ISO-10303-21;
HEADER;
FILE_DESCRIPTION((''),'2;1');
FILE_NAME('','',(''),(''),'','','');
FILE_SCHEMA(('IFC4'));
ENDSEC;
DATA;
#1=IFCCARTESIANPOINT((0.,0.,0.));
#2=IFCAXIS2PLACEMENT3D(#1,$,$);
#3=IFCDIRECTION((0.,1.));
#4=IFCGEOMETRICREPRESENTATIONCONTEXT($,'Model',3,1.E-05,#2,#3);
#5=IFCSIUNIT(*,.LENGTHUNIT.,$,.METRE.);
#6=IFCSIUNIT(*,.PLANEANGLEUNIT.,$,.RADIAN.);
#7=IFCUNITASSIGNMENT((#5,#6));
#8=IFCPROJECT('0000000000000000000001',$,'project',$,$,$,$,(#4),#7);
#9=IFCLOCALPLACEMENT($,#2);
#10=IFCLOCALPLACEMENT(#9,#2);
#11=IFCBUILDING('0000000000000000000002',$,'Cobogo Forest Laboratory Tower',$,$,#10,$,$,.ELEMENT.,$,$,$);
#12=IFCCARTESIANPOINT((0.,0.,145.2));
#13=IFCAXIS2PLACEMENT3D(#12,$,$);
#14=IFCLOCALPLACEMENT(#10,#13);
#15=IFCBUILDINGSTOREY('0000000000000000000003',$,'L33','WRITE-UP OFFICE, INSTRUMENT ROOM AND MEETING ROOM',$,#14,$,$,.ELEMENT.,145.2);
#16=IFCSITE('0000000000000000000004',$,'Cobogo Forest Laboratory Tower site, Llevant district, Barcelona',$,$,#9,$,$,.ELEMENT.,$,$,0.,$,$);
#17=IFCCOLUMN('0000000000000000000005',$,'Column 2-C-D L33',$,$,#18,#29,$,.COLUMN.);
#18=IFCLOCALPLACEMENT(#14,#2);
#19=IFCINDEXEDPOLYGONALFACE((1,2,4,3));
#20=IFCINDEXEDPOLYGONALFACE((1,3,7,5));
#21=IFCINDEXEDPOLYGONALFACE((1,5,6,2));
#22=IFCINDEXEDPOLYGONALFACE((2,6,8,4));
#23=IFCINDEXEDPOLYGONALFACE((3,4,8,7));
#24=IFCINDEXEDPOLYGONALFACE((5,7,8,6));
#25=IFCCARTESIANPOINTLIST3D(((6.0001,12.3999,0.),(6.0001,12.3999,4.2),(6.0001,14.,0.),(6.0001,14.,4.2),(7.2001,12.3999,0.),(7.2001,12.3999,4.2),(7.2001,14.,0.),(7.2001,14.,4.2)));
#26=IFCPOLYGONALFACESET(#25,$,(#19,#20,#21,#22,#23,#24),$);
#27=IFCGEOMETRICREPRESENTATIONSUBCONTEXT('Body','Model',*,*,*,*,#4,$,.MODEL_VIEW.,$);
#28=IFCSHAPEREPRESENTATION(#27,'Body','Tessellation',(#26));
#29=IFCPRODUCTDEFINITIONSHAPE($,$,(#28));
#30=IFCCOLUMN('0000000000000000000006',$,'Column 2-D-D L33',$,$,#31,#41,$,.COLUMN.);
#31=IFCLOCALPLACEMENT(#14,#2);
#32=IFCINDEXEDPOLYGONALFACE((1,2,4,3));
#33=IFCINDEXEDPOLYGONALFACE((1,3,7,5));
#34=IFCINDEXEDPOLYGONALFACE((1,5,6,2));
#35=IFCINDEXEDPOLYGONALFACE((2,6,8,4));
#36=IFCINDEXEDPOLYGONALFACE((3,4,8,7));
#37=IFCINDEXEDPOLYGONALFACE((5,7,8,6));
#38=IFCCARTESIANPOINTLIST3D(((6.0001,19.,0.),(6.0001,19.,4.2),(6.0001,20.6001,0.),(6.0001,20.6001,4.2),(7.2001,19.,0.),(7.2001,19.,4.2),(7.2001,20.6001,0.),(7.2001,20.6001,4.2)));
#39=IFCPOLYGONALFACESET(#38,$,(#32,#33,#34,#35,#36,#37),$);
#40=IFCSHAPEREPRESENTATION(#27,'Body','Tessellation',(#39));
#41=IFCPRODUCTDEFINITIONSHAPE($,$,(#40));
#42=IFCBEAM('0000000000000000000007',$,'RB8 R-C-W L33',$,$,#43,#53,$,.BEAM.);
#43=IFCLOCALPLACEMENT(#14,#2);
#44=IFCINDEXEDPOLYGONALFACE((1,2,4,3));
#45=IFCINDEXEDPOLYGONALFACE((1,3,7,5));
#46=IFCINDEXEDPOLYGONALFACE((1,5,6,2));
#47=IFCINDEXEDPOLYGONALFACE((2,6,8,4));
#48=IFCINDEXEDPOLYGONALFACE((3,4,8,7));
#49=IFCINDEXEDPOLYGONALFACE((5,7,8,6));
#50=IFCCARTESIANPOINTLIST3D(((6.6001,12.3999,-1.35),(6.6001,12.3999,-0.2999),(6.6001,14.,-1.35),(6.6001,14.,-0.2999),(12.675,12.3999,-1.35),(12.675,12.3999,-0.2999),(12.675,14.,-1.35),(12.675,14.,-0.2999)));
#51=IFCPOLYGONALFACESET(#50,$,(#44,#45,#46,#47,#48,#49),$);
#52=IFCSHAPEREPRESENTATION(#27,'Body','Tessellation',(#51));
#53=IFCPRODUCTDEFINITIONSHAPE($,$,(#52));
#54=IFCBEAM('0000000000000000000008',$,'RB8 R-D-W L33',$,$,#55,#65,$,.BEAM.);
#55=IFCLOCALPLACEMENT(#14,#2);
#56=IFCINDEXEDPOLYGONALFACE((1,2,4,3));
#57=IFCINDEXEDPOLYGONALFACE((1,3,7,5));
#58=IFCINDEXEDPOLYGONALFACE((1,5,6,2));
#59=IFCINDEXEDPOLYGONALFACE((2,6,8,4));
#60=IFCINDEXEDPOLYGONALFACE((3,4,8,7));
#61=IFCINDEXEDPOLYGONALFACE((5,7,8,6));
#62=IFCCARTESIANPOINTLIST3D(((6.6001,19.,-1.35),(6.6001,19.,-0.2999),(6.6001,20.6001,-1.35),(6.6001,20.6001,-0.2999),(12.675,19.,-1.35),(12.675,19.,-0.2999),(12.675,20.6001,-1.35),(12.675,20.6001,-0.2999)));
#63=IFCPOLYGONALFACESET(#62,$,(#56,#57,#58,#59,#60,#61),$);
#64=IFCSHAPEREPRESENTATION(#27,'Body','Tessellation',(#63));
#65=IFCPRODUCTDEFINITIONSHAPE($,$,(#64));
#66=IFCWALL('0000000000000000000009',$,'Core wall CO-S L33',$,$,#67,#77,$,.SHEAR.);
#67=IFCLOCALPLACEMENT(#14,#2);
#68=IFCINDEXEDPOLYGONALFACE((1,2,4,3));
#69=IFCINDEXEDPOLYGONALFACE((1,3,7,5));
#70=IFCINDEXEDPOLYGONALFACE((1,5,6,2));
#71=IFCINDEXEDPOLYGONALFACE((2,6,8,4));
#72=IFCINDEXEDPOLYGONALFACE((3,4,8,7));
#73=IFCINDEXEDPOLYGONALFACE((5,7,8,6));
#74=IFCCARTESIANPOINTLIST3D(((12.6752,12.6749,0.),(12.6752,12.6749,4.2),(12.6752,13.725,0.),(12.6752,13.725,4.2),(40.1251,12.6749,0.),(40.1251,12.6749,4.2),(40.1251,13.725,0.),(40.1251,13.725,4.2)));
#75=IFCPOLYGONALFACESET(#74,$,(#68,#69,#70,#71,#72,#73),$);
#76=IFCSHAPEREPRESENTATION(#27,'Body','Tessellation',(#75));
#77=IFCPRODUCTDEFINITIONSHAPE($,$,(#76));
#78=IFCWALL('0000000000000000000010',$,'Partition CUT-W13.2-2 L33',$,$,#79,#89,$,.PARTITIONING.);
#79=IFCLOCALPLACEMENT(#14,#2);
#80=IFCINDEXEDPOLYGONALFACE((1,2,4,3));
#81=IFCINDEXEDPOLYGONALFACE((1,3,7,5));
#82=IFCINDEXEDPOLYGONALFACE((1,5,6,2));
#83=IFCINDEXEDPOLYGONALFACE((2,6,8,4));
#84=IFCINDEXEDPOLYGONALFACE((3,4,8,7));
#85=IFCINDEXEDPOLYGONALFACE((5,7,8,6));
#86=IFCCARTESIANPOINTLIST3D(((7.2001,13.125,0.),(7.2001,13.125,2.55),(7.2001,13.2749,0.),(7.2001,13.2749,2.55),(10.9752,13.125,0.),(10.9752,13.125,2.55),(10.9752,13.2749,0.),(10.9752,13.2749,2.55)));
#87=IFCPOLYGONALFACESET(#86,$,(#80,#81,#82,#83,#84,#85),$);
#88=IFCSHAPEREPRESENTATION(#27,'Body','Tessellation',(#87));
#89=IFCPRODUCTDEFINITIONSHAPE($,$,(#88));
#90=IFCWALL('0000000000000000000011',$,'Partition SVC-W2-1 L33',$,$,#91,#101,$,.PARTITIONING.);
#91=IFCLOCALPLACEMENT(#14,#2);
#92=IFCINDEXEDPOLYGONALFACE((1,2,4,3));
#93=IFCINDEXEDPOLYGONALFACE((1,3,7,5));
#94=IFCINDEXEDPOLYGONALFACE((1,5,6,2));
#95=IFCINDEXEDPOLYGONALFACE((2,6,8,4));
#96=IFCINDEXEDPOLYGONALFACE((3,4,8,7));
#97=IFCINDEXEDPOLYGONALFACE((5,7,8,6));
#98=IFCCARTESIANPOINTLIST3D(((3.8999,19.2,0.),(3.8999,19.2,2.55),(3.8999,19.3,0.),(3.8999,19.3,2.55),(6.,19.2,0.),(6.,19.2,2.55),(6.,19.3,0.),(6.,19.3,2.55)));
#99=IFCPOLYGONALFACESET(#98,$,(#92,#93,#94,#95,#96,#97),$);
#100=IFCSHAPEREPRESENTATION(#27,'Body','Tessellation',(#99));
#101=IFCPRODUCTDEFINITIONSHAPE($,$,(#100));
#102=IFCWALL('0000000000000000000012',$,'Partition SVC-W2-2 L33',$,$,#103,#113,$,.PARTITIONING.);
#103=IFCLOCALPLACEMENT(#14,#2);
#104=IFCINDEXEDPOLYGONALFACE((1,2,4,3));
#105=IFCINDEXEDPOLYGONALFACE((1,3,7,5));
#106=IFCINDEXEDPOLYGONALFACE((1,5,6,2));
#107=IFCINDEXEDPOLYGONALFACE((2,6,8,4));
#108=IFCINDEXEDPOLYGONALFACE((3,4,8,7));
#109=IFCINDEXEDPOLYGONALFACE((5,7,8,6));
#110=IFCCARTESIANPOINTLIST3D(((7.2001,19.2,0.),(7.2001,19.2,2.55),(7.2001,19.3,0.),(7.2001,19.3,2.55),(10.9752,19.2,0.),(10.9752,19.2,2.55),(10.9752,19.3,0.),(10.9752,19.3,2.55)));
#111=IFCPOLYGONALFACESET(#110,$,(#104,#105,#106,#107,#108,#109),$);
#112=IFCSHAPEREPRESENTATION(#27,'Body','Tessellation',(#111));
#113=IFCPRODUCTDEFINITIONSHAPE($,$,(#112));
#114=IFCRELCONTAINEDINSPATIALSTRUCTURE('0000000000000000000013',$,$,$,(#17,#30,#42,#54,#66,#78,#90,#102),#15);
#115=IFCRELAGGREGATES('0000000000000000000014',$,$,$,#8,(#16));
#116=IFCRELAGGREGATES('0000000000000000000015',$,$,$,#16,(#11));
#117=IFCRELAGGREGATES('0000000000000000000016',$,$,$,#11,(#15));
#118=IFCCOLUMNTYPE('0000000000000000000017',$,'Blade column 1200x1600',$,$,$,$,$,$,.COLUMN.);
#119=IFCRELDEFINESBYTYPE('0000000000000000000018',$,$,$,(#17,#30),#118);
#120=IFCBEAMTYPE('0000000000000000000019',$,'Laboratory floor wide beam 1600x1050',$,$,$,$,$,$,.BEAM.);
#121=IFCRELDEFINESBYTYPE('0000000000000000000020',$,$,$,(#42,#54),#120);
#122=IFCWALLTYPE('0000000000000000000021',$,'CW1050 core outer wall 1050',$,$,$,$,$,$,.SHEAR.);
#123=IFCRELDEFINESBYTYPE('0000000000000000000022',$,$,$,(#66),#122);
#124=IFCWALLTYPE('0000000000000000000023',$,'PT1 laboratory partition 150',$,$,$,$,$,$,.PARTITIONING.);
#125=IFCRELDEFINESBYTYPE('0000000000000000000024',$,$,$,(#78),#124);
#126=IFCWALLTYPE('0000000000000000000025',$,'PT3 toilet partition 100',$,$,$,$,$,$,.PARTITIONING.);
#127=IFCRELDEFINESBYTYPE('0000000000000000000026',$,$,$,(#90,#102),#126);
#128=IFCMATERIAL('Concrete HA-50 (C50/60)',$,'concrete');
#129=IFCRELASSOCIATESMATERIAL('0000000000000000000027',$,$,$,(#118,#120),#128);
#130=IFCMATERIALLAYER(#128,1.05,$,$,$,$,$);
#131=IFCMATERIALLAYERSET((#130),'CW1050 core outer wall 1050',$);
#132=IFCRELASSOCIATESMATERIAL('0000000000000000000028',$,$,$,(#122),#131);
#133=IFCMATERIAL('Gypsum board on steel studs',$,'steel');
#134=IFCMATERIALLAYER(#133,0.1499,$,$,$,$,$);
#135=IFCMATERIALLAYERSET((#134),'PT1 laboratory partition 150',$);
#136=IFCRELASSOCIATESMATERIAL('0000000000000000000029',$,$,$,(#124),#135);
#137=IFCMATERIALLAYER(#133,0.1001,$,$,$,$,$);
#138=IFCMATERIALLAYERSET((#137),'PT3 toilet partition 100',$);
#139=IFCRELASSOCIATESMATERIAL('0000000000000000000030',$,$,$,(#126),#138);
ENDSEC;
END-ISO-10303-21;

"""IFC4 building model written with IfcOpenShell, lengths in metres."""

from ifc_helpers import new_model, si_unit, direction, frame, frame_2d, origin, origin_2d, place, context, subcontext, project, spatial, rectangle, extrude, material, layer, layer_set, material_profile, profile_set, type_object, element, save


model = new_model("IFC4")

# Units and contexts
model_context = context("Model", 3, precision=1e-05, world=origin(), true_north=direction((0.0, 1.0)))
body_context = subcontext(model_context, "Body", "Model", "MODEL_VIEW")
ifc_project = project(units=[si_unit("LENGTHUNIT", "METRE"), si_unit("PLANEANGLEUNIT", "RADIAN")], contexts=[model_context])

# Site, building, storey
site_placement = place(None, origin())
site = spatial("IfcSite", under=ifc_project, at=site_placement, Name="Cobogo Forest Laboratory Tower site, Llevant district, Barcelona", CompositionType="ELEMENT", RefElevation=0.0)
building_placement = place(site_placement, origin())
building = spatial("IfcBuilding", under=site, at=building_placement, Name="Cobogo Forest Laboratory Tower", CompositionType="ELEMENT")
storey_placement = place(building_placement, frame((0.0, 0.0, 145.2)))
storey = spatial("IfcBuildingStorey", under=building, at=storey_placement, Name="L33", Description="WRITE-UP OFFICE, INSTRUMENT ROOM AND MEETING ROOM", CompositionType="ELEMENT", Elevation=145.2)

# Columns
ifc_material_1 = material(Name="Concrete HA-50 (C50/60)", Category="concrete")
ifc_material_profile_1 = material_profile(ifc_material_1, rectangle(XDim=1.6001, YDim=1.2, at=origin_2d()), Name="RC 1200x1600")
ifc_profile_set_1 = profile_set([ifc_material_profile_1], Name="Concrete HA-50 (C50/60)")
column_type = type_object("IfcColumnType", Name="Blade column 1200x1600", PredefinedType="COLUMN", material=ifc_profile_set_1)
for number, where, z_axis, x_axis, name in (
    (1, (6.6001, 13.2, 0.0), (0.0, 0.0, 1.0), (0.0, 1.0, 0.0), "Column 2-C-D L33"),
    (2, (6.6001, 19.8, 0.0), (0.0, 0.0, 1.0), (0.0, 1.0, 0.0), "Column 2-D-D L33"),
):
    element("IfcColumn", number, at=place(storey_placement, frame(where, z_axis=z_axis, x_axis=x_axis)), inside=storey, type_object=column_type, Name=name, PredefinedType="COLUMN", context=body_context, shape_type="SweptSolid", body=[
        extrude(rectangle(XDim=1.6001, YDim=1.2, at=origin_2d()), origin(), (0.0, 0.0, 1.0), 4.2),
    ])

# Beams
ifc_material_profile_2 = material_profile(ifc_material_1, rectangle(XDim=1.6001, YDim=1.05, at=origin_2d()), Name="RC 1600x1050")
ifc_profile_set_2 = profile_set([ifc_material_profile_2], Name="Concrete HA-50 (C50/60)")
beam_type = type_object("IfcBeamType", Name="Laboratory floor wide beam 1600x1050", PredefinedType="BEAM", material=ifc_profile_set_2)
for number, where, z_axis, x_axis, name in (
    (3, (12.675, 13.2, -0.825), (-1.0, 0.0, 0.0), (0.0, -1.0, 0.0), "RB8 R-C-W L33"),
    (4, (12.675, 19.8, -0.825), (-1.0, 0.0, 0.0), (0.0, -1.0, 0.0), "RB8 R-D-W L33"),
):
    element("IfcBeam", number, at=place(storey_placement, frame(where, z_axis=z_axis, x_axis=x_axis)), inside=storey, type_object=beam_type, Name=name, PredefinedType="BEAM", context=body_context, shape_type="SweptSolid", body=[
        extrude(rectangle(XDim=1.6001, YDim=1.05, at=origin_2d()), origin(), (0.0, 0.0, 1.0), 6.075),
    ])

# Walls
ifc_layer_1 = layer(ifc_material_1, 1.05)
ifc_layer_set_1 = layer_set([ifc_layer_1], Name="CW1050 core outer wall 1050")
wall_type_1 = type_object("IfcWallType", Name="CW1050 core outer wall 1050", PredefinedType="SHEAR", material=ifc_layer_set_1)
wall_1_placement = place(storey_placement, frame((12.675, 13.2, 0.0), z_axis=(0.0, 0.0, 1.0), x_axis=(1.0, 0.0, 0.0)))
element("IfcWall", 5, at=wall_1_placement, inside=storey, type_object=wall_type_1, Name="Core wall CO-S L33", PredefinedType="SHEAR", context=body_context, shape_type="SweptSolid", body=[
    extrude(rectangle(XDim=27.45, YDim=1.05, at=frame_2d((13.7251, 0.0))), origin(), (0.0, 0.0, 1.0), 4.2),
])
ifc_material_2 = material(Name="Gypsum board on steel studs", Category="steel")
ifc_layer_2 = layer(ifc_material_2, 0.1499)
ifc_layer_set_2 = layer_set([ifc_layer_2], Name="PT1 laboratory partition 150")
wall_type_2 = type_object("IfcWallType", Name="PT1 laboratory partition 150", PredefinedType="PARTITIONING", material=ifc_layer_set_2)
wall_2_placement = place(storey_placement, frame((7.2, 13.2, 0.0), z_axis=(0.0, 0.0, 1.0), x_axis=(1.0, 0.0, 0.0)))
element("IfcWall", 6, at=wall_2_placement, inside=storey, type_object=wall_type_2, Name="Partition CUT-W13.2-2 L33", PredefinedType="PARTITIONING", context=body_context, shape_type="SweptSolid", body=[
    extrude(rectangle(XDim=3.7751, YDim=0.1499, at=frame_2d((1.8877, 0.0))), origin(), (0.0, 0.0, 1.0), 2.55),
])
ifc_layer_3 = layer(ifc_material_2, 0.1001)
ifc_layer_set_3 = layer_set([ifc_layer_3], Name="PT3 toilet partition 100")
wall_type_3 = type_object("IfcWallType", Name="PT3 toilet partition 100", PredefinedType="PARTITIONING", material=ifc_layer_set_3)
wall_3_placement = place(storey_placement, frame((3.8999, 19.25, 0.0), z_axis=(0.0, 0.0, 1.0), x_axis=(1.0, 0.0, 0.0)))
element("IfcWall", 7, at=wall_3_placement, inside=storey, type_object=wall_type_3, Name="Partition SVC-W2-1 L33", PredefinedType="PARTITIONING", context=body_context, shape_type="SweptSolid", body=[
    extrude(rectangle(XDim=2.1001, YDim=0.1001, at=frame_2d((1.05, 0.0))), origin(), (0.0, 0.0, 1.0), 2.55),
])
wall_4_placement = place(storey_placement, frame((7.2, 19.25, 0.0), z_axis=(0.0, 0.0, 1.0), x_axis=(1.0, 0.0, 0.0)))
element("IfcWall", 8, at=wall_4_placement, inside=storey, type_object=wall_type_3, Name="Partition SVC-W2-2 L33", PredefinedType="PARTITIONING", context=body_context, shape_type="SweptSolid", body=[
    extrude(rectangle(XDim=3.7751, YDim=0.1001, at=frame_2d((1.8877, 0.0))), origin(), (0.0, 0.0, 1.0), 2.55),
])

save(model, "model.ifc")
